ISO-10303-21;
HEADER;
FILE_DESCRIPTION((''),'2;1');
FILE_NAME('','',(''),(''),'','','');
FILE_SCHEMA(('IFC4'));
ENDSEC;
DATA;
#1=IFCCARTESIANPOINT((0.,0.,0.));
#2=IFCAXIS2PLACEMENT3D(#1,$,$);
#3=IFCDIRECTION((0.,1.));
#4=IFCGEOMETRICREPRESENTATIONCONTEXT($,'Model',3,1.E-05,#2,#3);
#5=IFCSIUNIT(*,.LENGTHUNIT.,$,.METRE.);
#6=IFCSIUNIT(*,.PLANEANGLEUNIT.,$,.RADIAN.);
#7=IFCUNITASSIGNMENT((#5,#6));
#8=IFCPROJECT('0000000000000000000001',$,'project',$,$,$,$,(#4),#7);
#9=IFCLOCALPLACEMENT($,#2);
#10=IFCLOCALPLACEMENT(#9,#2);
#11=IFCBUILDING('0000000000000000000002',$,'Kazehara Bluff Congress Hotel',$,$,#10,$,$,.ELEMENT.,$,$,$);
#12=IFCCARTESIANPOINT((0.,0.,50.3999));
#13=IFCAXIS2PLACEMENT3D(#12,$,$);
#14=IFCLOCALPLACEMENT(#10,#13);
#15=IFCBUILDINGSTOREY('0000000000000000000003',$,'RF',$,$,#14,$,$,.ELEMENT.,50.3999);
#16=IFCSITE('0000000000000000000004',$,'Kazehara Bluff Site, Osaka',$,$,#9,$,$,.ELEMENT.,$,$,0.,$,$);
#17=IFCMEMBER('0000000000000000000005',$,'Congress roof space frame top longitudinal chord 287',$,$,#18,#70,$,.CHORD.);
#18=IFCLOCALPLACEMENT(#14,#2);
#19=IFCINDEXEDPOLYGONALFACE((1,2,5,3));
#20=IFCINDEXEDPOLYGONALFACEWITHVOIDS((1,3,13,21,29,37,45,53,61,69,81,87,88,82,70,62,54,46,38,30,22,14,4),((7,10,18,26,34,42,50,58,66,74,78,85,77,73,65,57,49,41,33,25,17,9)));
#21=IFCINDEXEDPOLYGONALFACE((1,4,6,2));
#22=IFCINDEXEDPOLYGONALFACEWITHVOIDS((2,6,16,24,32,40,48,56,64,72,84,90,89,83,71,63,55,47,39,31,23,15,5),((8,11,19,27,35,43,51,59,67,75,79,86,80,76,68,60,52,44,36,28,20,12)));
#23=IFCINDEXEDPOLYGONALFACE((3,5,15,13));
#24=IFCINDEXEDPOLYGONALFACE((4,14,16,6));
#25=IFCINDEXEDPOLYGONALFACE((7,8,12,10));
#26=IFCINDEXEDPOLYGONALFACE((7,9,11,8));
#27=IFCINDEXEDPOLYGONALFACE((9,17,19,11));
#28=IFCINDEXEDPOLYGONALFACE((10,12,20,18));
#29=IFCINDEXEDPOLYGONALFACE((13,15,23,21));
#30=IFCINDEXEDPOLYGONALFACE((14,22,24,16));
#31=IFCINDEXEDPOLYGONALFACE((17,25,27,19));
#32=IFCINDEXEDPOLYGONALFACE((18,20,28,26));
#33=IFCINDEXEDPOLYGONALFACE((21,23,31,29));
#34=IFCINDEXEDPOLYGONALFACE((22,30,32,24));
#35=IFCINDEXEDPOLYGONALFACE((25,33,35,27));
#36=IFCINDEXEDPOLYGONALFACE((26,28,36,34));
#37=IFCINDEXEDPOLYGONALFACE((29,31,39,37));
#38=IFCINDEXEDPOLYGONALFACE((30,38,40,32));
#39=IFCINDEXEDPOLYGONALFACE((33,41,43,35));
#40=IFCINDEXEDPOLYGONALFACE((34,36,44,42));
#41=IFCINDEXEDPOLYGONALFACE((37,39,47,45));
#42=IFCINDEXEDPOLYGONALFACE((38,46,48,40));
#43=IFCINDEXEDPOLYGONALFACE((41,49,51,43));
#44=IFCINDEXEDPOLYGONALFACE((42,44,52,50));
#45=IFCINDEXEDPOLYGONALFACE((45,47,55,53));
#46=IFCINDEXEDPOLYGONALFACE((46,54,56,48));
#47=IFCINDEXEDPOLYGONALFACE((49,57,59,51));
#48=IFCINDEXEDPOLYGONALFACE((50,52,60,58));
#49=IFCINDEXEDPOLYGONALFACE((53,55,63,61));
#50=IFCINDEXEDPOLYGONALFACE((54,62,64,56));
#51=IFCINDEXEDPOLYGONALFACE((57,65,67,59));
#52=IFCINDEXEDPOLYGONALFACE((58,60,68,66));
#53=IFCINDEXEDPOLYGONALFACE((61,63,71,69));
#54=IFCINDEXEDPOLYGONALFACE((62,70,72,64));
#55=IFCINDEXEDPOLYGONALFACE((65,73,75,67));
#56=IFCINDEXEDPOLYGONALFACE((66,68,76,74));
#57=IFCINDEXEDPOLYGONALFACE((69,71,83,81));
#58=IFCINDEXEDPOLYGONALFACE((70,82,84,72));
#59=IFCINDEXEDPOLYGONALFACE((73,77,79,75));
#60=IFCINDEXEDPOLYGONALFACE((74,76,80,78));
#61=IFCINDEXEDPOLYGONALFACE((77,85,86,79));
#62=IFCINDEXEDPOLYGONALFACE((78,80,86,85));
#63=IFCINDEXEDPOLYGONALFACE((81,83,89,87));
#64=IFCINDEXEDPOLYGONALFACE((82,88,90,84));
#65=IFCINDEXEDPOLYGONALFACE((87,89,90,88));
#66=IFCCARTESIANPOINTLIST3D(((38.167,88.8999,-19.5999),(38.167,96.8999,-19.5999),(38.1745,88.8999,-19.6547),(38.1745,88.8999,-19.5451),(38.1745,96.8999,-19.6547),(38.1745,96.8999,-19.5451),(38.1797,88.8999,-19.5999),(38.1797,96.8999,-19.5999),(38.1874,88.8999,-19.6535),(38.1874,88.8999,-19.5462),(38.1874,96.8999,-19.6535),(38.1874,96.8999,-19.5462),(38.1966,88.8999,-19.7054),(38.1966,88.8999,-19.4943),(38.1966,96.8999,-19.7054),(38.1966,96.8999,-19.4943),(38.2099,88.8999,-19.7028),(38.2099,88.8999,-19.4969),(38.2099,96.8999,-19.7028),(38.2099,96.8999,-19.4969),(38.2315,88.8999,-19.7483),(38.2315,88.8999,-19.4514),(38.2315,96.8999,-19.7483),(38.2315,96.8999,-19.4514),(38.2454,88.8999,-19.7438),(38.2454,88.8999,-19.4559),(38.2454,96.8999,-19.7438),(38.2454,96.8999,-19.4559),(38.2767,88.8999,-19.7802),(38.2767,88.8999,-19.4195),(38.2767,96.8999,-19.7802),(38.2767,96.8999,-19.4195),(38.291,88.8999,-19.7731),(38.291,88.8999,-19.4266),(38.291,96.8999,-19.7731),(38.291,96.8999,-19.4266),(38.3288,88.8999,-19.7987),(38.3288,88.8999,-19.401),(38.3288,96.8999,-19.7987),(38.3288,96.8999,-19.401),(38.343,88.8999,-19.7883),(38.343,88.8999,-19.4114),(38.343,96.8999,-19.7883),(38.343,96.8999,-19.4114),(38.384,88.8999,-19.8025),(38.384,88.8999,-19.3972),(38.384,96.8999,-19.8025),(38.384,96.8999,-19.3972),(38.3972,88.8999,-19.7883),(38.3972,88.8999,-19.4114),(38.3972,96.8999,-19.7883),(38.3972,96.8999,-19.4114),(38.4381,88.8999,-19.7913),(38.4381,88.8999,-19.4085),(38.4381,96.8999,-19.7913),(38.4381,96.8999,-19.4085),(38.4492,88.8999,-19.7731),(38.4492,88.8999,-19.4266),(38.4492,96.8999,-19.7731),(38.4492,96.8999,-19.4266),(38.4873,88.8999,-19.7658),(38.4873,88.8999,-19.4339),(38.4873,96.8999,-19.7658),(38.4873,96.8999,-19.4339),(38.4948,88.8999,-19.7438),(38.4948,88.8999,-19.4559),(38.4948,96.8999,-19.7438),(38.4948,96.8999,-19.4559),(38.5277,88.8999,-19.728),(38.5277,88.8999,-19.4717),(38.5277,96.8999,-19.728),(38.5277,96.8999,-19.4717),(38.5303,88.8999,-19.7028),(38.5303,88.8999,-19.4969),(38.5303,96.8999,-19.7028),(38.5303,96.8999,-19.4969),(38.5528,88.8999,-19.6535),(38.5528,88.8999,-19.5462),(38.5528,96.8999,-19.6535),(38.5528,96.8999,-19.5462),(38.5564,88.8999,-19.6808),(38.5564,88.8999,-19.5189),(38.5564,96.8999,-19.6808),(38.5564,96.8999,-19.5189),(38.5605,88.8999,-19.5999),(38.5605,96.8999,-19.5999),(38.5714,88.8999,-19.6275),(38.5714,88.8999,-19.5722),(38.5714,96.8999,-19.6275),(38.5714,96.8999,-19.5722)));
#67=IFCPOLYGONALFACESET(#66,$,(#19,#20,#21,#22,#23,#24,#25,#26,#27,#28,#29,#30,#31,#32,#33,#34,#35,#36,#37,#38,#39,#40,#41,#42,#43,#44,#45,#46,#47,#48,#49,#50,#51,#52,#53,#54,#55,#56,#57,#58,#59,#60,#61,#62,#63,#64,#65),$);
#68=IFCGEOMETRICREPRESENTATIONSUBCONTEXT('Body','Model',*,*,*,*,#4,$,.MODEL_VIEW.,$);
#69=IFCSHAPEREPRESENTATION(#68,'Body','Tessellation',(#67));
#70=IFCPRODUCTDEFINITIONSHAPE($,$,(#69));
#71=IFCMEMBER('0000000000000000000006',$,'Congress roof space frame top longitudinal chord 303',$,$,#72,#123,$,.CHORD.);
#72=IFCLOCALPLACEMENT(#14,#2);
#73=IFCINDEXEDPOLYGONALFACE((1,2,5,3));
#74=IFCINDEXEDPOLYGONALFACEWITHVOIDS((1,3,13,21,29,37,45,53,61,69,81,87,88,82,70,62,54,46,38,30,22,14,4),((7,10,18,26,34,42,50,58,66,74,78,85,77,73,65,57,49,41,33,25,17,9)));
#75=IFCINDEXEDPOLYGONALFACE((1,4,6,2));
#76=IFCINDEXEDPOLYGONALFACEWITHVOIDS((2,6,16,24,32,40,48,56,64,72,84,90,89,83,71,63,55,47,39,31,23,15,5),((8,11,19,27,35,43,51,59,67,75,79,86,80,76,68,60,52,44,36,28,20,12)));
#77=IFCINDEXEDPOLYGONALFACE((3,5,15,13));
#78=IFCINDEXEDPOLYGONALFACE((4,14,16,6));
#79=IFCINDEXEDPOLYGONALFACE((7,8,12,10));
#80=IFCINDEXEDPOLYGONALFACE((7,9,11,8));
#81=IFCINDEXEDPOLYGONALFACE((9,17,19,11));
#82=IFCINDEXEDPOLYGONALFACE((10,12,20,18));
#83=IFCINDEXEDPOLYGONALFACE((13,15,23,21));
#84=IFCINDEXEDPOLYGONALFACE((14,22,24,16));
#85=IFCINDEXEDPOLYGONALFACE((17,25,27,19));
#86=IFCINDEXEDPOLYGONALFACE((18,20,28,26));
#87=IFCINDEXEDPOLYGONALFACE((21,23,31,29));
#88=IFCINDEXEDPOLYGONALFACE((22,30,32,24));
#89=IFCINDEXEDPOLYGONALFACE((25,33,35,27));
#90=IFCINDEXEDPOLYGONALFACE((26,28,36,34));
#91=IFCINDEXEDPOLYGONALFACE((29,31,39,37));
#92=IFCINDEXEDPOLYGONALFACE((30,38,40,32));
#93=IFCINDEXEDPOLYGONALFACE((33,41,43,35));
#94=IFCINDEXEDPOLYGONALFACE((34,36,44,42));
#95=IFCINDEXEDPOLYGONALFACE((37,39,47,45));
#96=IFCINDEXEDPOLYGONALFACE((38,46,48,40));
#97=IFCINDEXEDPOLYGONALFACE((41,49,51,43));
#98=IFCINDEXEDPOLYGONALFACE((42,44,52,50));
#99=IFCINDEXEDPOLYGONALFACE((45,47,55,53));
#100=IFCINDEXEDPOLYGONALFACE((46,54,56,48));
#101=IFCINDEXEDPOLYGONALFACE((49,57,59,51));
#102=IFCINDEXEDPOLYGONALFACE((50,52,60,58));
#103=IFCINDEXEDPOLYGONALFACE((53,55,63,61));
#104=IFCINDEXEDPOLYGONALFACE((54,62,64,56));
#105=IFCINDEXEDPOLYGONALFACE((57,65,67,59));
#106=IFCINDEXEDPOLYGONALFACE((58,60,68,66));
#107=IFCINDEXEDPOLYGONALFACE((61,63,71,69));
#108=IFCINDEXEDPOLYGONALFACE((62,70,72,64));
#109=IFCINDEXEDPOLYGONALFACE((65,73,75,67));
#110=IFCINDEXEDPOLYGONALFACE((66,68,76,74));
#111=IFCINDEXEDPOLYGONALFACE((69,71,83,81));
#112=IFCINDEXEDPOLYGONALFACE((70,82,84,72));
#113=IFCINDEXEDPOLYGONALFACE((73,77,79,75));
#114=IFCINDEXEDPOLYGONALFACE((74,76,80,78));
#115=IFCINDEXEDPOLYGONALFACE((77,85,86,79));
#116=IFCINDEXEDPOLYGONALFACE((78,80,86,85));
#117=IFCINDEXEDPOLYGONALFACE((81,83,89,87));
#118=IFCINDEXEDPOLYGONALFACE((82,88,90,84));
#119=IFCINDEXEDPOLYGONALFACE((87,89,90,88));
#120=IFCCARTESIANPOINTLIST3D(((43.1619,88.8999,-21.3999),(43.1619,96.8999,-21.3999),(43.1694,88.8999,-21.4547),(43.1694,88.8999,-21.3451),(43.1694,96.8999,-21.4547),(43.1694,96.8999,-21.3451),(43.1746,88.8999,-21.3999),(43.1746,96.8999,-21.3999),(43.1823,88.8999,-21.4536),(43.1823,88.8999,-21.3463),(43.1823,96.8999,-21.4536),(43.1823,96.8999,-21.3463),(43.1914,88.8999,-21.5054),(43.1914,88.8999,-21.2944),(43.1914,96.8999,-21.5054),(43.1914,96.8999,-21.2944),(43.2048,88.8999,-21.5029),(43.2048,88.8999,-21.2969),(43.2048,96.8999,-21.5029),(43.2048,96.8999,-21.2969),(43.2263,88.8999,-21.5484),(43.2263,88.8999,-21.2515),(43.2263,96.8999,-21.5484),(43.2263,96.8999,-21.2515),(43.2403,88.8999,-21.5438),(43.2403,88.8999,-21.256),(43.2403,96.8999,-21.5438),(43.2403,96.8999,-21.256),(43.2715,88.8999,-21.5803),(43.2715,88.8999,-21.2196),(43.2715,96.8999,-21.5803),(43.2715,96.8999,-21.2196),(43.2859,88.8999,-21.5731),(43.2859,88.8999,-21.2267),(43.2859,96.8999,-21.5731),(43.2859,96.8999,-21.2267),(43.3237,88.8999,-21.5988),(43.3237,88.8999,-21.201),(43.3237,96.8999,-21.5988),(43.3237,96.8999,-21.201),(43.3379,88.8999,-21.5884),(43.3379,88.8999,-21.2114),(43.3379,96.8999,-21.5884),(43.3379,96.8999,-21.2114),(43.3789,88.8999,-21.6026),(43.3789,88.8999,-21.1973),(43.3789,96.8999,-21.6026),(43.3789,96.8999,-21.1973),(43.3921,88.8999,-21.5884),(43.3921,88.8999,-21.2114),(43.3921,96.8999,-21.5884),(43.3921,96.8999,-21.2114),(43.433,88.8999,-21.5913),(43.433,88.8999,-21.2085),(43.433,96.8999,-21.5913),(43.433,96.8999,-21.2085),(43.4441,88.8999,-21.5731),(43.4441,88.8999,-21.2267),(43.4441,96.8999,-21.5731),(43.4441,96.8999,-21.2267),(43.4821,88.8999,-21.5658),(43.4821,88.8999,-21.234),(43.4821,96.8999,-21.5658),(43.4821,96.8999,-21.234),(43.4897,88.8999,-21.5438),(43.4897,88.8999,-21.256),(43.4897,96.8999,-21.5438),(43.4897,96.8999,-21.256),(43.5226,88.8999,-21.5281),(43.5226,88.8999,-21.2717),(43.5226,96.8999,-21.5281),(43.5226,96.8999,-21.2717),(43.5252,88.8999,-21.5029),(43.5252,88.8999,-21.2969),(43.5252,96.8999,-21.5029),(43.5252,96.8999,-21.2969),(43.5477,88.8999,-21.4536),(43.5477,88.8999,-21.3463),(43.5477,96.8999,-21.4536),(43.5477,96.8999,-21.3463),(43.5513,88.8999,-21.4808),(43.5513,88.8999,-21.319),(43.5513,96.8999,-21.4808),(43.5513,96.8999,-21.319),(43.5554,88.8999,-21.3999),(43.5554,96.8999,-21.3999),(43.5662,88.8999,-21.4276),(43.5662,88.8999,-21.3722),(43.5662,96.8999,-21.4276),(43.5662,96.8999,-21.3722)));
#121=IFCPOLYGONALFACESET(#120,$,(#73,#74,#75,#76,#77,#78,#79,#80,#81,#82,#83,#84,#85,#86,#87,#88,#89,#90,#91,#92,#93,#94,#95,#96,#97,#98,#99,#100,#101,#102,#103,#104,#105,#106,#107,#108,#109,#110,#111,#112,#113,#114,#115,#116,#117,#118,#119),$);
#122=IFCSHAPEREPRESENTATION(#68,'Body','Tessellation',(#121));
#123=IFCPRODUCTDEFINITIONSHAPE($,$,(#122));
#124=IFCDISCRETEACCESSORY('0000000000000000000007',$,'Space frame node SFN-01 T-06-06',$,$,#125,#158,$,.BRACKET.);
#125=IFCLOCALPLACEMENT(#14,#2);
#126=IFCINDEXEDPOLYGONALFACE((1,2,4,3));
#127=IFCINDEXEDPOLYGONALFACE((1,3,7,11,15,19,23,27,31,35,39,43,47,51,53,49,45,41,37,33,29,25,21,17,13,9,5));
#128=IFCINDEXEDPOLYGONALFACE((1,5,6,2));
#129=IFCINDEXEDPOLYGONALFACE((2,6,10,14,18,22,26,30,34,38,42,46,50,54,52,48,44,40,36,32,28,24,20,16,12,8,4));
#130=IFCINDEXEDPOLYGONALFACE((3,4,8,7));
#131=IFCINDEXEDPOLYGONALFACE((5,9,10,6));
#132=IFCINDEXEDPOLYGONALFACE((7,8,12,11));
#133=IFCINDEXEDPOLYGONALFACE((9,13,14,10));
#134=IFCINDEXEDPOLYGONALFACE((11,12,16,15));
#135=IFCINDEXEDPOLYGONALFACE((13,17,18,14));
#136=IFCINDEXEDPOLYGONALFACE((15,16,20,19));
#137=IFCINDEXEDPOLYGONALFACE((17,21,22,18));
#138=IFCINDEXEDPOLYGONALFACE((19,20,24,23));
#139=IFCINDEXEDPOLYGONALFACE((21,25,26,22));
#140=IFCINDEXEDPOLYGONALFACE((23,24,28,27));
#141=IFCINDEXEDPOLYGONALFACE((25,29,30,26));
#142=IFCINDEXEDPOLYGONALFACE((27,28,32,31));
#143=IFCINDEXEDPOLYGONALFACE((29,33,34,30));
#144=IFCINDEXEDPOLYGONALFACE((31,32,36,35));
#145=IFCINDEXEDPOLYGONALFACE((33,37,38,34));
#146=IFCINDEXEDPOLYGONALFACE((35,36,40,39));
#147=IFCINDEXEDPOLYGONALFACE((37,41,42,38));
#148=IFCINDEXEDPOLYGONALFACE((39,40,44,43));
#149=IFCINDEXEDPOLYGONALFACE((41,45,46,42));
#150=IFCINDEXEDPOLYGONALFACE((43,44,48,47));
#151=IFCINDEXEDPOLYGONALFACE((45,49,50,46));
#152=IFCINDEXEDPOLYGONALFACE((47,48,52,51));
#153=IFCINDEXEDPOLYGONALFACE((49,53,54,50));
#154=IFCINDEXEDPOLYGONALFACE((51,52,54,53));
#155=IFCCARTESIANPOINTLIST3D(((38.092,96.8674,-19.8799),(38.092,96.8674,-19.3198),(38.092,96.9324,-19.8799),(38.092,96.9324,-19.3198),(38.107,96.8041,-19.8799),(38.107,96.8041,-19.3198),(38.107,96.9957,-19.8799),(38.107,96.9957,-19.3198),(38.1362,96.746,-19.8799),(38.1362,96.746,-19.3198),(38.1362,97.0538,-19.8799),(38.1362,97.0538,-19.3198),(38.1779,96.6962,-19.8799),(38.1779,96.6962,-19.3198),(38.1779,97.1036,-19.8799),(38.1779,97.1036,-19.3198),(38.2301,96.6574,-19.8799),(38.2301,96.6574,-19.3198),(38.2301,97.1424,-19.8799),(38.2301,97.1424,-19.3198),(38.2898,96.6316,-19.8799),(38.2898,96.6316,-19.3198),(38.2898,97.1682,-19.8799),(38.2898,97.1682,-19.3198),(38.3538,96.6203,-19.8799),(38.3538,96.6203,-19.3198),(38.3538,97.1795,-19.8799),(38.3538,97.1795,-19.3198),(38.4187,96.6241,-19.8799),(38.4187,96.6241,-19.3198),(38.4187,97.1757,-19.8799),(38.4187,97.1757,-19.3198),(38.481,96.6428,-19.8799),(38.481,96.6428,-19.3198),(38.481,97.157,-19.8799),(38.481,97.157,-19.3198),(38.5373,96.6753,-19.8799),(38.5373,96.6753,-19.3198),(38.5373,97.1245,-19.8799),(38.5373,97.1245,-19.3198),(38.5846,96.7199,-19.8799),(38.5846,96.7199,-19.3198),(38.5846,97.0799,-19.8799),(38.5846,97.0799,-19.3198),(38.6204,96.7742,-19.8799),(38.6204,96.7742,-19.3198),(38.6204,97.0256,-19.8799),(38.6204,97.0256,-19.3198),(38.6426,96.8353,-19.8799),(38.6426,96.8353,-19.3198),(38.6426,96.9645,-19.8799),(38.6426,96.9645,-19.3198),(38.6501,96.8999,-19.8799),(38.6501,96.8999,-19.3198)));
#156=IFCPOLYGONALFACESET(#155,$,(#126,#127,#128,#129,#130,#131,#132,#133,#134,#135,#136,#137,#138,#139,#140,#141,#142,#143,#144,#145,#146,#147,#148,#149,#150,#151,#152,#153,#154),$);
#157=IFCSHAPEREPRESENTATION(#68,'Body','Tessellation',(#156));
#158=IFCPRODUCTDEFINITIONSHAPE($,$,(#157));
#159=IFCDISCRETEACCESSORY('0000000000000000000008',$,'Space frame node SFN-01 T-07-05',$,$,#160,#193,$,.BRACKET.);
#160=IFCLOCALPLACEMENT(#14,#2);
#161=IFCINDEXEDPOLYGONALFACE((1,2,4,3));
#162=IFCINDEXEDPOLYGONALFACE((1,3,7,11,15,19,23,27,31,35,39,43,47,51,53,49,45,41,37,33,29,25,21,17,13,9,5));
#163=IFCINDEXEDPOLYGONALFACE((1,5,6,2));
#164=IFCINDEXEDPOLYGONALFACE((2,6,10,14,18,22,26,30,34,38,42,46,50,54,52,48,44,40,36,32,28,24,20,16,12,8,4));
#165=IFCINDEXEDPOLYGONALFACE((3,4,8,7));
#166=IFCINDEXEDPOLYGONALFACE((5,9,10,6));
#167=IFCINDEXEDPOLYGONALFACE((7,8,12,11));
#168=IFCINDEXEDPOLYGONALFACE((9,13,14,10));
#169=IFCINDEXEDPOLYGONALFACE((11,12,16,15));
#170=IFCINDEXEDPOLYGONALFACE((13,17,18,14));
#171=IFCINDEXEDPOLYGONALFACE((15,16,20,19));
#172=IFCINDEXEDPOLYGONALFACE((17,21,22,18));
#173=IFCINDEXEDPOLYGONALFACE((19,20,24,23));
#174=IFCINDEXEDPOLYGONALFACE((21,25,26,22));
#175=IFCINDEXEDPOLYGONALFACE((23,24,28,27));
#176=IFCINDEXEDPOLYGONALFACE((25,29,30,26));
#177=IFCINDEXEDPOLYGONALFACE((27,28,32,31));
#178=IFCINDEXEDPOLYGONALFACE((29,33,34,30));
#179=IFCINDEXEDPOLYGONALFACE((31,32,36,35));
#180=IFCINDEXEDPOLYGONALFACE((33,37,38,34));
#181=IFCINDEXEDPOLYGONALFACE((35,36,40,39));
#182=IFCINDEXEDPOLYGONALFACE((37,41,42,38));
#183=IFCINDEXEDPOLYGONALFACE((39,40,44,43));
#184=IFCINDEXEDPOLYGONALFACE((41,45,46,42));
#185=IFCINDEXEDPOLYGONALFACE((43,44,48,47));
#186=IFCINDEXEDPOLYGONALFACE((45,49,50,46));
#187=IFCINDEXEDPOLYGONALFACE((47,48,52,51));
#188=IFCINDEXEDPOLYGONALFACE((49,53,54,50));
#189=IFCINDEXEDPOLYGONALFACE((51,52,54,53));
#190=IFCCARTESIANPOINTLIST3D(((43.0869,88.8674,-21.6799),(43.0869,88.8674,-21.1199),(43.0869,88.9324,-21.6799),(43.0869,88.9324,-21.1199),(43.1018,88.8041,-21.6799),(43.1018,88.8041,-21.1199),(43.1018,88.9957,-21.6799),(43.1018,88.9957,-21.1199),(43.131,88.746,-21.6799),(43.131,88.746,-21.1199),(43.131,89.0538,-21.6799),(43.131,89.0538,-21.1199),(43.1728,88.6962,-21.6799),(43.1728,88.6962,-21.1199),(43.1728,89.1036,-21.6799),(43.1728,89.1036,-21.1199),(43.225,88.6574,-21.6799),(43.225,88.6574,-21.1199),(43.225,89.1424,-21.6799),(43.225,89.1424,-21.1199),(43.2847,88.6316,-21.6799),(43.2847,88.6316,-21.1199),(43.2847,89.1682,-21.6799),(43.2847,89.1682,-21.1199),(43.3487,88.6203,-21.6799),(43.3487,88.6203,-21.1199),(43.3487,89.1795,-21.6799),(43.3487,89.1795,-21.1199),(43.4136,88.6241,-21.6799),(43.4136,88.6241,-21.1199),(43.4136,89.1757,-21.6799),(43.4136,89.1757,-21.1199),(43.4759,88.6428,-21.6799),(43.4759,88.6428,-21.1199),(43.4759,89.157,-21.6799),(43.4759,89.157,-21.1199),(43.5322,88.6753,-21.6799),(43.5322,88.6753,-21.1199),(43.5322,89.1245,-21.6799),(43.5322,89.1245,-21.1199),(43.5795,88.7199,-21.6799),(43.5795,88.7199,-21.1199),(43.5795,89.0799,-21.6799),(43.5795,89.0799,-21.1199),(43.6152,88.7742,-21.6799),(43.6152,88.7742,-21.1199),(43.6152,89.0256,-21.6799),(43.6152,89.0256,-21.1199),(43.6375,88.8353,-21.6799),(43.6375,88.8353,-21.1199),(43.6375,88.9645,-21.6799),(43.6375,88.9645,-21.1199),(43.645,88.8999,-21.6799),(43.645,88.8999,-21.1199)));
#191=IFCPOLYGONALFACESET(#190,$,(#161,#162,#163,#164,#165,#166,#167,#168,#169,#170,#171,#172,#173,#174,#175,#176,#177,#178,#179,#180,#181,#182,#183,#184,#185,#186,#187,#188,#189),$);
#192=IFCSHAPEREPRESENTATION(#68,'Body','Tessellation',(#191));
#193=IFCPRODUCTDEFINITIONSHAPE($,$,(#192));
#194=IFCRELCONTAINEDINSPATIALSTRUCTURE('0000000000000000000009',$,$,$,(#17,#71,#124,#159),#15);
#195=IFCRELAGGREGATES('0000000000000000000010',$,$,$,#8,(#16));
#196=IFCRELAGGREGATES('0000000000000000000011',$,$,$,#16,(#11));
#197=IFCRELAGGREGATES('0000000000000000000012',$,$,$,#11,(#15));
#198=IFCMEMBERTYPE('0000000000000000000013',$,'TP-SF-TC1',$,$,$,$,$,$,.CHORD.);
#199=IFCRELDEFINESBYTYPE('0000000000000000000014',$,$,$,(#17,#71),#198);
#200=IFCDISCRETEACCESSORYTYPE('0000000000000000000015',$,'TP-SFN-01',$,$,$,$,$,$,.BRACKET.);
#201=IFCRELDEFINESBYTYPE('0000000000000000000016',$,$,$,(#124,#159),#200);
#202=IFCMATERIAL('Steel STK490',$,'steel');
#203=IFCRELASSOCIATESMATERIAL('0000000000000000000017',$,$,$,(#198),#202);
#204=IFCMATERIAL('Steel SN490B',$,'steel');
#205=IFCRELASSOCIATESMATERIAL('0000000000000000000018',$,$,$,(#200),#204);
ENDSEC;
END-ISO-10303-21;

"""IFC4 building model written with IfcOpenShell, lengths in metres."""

from ifc_helpers import new_model, si_unit, direction, frame, origin, origin_2d, place, context, subcontext, project, spatial, circle, hollow_circle, extrude, material, material_profile, profile_set, type_object, element, save


model = new_model("IFC4")

# Units and contexts
model_context = context("Model", 3, precision=1e-05, world=origin(), true_north=direction((0.0, 1.0)))
body_context = subcontext(model_context, "Body", "Model", "MODEL_VIEW")
ifc_project = project(units=[si_unit("LENGTHUNIT", "METRE"), si_unit("PLANEANGLEUNIT", "RADIAN")], contexts=[model_context])

# Site, building, storey
site_placement = place(None, origin())
site = spatial("IfcSite", under=ifc_project, at=site_placement, Name="Kazehara Bluff Site, Osaka", CompositionType="ELEMENT", RefElevation=0.0)
building_placement = place(site_placement, origin())
building = spatial("IfcBuilding", under=site, at=building_placement, Name="Kazehara Bluff Congress Hotel", CompositionType="ELEMENT")
storey_placement = place(building_placement, frame((0.0, 0.0, 50.3999)))
storey = spatial("IfcBuildingStorey", under=building, at=storey_placement, Name="RF", CompositionType="ELEMENT", Elevation=50.3999)

# Members
ifc_material_1 = material(Name="Steel STK490", Category="steel")
ifc_material_profile_1 = material_profile(ifc_material_1, hollow_circle(Radius=0.2031, WallThickness=0.0127, at=origin_2d()))
ifc_profile_set_1 = profile_set([ifc_material_profile_1], Name="Steel STK490")
member_type_1 = type_object("IfcMemberType", Name="TP-SF-TC1", PredefinedType="CHORD", material=ifc_profile_set_1)
for number, where, z_axis, x_axis, name in (
    (1, (38.3701, 88.8999, -19.5999), (0.0, 1.0, 0.0), (-1.0, 0.0, 0.0), "Congress roof space frame top longitudinal chord 287"),
    (2, (43.365, 88.8999, -21.3999), (0.0, 1.0, 0.0), (-1.0, 0.0, 0.0), "Congress roof space frame top longitudinal chord 303"),
):
    element("IfcMember", number, at=place(storey_placement, frame(where, z_axis=z_axis, x_axis=x_axis)), inside=storey, type_object=member_type_1, Name=name, PredefinedType="CHORD", context=body_context, shape_type="SweptSolid", body=[
        extrude(hollow_circle(Radius=0.2031, WallThickness=0.0127, at=origin_2d()), origin(), (0.0, 0.0, 1.0), 8.0),
    ])

# Discrete accessories
ifc_material_2 = material(Name="Steel SN490B", Category="steel")
ifc_material_profile_2 = material_profile(ifc_material_2, circle(Radius=0.28, at=origin_2d()))
ifc_profile_set_2 = profile_set([ifc_material_profile_2], Name="Steel SN490B")
discrete_accessory_type_1 = type_object("IfcDiscreteAccessoryType", Name="TP-SFN-01", PredefinedType="BRACKET", material=ifc_profile_set_2)
for number, where, z_axis, x_axis, name in (
    (3, (38.3701, 96.8999, -19.8799), (0.0, 0.0, 1.0), (1.0, 0.0, 0.0), "Space frame node SFN-01 T-06-06"),
    (4, (43.365, 88.8999, -21.6799), (0.0, 0.0, 1.0), (1.0, 0.0, 0.0), "Space frame node SFN-01 T-07-05"),
):
    element("IfcDiscreteAccessory", number, at=place(storey_placement, frame(where, z_axis=z_axis, x_axis=x_axis)), inside=storey, type_object=discrete_accessory_type_1, Name=name, PredefinedType="BRACKET", context=body_context, shape_type="SweptSolid", body=[
        extrude(circle(Radius=0.28, at=origin_2d()), origin(), (0.0, 0.0, 1.0), 0.5601),
    ])

save(model, "model.ifc")
